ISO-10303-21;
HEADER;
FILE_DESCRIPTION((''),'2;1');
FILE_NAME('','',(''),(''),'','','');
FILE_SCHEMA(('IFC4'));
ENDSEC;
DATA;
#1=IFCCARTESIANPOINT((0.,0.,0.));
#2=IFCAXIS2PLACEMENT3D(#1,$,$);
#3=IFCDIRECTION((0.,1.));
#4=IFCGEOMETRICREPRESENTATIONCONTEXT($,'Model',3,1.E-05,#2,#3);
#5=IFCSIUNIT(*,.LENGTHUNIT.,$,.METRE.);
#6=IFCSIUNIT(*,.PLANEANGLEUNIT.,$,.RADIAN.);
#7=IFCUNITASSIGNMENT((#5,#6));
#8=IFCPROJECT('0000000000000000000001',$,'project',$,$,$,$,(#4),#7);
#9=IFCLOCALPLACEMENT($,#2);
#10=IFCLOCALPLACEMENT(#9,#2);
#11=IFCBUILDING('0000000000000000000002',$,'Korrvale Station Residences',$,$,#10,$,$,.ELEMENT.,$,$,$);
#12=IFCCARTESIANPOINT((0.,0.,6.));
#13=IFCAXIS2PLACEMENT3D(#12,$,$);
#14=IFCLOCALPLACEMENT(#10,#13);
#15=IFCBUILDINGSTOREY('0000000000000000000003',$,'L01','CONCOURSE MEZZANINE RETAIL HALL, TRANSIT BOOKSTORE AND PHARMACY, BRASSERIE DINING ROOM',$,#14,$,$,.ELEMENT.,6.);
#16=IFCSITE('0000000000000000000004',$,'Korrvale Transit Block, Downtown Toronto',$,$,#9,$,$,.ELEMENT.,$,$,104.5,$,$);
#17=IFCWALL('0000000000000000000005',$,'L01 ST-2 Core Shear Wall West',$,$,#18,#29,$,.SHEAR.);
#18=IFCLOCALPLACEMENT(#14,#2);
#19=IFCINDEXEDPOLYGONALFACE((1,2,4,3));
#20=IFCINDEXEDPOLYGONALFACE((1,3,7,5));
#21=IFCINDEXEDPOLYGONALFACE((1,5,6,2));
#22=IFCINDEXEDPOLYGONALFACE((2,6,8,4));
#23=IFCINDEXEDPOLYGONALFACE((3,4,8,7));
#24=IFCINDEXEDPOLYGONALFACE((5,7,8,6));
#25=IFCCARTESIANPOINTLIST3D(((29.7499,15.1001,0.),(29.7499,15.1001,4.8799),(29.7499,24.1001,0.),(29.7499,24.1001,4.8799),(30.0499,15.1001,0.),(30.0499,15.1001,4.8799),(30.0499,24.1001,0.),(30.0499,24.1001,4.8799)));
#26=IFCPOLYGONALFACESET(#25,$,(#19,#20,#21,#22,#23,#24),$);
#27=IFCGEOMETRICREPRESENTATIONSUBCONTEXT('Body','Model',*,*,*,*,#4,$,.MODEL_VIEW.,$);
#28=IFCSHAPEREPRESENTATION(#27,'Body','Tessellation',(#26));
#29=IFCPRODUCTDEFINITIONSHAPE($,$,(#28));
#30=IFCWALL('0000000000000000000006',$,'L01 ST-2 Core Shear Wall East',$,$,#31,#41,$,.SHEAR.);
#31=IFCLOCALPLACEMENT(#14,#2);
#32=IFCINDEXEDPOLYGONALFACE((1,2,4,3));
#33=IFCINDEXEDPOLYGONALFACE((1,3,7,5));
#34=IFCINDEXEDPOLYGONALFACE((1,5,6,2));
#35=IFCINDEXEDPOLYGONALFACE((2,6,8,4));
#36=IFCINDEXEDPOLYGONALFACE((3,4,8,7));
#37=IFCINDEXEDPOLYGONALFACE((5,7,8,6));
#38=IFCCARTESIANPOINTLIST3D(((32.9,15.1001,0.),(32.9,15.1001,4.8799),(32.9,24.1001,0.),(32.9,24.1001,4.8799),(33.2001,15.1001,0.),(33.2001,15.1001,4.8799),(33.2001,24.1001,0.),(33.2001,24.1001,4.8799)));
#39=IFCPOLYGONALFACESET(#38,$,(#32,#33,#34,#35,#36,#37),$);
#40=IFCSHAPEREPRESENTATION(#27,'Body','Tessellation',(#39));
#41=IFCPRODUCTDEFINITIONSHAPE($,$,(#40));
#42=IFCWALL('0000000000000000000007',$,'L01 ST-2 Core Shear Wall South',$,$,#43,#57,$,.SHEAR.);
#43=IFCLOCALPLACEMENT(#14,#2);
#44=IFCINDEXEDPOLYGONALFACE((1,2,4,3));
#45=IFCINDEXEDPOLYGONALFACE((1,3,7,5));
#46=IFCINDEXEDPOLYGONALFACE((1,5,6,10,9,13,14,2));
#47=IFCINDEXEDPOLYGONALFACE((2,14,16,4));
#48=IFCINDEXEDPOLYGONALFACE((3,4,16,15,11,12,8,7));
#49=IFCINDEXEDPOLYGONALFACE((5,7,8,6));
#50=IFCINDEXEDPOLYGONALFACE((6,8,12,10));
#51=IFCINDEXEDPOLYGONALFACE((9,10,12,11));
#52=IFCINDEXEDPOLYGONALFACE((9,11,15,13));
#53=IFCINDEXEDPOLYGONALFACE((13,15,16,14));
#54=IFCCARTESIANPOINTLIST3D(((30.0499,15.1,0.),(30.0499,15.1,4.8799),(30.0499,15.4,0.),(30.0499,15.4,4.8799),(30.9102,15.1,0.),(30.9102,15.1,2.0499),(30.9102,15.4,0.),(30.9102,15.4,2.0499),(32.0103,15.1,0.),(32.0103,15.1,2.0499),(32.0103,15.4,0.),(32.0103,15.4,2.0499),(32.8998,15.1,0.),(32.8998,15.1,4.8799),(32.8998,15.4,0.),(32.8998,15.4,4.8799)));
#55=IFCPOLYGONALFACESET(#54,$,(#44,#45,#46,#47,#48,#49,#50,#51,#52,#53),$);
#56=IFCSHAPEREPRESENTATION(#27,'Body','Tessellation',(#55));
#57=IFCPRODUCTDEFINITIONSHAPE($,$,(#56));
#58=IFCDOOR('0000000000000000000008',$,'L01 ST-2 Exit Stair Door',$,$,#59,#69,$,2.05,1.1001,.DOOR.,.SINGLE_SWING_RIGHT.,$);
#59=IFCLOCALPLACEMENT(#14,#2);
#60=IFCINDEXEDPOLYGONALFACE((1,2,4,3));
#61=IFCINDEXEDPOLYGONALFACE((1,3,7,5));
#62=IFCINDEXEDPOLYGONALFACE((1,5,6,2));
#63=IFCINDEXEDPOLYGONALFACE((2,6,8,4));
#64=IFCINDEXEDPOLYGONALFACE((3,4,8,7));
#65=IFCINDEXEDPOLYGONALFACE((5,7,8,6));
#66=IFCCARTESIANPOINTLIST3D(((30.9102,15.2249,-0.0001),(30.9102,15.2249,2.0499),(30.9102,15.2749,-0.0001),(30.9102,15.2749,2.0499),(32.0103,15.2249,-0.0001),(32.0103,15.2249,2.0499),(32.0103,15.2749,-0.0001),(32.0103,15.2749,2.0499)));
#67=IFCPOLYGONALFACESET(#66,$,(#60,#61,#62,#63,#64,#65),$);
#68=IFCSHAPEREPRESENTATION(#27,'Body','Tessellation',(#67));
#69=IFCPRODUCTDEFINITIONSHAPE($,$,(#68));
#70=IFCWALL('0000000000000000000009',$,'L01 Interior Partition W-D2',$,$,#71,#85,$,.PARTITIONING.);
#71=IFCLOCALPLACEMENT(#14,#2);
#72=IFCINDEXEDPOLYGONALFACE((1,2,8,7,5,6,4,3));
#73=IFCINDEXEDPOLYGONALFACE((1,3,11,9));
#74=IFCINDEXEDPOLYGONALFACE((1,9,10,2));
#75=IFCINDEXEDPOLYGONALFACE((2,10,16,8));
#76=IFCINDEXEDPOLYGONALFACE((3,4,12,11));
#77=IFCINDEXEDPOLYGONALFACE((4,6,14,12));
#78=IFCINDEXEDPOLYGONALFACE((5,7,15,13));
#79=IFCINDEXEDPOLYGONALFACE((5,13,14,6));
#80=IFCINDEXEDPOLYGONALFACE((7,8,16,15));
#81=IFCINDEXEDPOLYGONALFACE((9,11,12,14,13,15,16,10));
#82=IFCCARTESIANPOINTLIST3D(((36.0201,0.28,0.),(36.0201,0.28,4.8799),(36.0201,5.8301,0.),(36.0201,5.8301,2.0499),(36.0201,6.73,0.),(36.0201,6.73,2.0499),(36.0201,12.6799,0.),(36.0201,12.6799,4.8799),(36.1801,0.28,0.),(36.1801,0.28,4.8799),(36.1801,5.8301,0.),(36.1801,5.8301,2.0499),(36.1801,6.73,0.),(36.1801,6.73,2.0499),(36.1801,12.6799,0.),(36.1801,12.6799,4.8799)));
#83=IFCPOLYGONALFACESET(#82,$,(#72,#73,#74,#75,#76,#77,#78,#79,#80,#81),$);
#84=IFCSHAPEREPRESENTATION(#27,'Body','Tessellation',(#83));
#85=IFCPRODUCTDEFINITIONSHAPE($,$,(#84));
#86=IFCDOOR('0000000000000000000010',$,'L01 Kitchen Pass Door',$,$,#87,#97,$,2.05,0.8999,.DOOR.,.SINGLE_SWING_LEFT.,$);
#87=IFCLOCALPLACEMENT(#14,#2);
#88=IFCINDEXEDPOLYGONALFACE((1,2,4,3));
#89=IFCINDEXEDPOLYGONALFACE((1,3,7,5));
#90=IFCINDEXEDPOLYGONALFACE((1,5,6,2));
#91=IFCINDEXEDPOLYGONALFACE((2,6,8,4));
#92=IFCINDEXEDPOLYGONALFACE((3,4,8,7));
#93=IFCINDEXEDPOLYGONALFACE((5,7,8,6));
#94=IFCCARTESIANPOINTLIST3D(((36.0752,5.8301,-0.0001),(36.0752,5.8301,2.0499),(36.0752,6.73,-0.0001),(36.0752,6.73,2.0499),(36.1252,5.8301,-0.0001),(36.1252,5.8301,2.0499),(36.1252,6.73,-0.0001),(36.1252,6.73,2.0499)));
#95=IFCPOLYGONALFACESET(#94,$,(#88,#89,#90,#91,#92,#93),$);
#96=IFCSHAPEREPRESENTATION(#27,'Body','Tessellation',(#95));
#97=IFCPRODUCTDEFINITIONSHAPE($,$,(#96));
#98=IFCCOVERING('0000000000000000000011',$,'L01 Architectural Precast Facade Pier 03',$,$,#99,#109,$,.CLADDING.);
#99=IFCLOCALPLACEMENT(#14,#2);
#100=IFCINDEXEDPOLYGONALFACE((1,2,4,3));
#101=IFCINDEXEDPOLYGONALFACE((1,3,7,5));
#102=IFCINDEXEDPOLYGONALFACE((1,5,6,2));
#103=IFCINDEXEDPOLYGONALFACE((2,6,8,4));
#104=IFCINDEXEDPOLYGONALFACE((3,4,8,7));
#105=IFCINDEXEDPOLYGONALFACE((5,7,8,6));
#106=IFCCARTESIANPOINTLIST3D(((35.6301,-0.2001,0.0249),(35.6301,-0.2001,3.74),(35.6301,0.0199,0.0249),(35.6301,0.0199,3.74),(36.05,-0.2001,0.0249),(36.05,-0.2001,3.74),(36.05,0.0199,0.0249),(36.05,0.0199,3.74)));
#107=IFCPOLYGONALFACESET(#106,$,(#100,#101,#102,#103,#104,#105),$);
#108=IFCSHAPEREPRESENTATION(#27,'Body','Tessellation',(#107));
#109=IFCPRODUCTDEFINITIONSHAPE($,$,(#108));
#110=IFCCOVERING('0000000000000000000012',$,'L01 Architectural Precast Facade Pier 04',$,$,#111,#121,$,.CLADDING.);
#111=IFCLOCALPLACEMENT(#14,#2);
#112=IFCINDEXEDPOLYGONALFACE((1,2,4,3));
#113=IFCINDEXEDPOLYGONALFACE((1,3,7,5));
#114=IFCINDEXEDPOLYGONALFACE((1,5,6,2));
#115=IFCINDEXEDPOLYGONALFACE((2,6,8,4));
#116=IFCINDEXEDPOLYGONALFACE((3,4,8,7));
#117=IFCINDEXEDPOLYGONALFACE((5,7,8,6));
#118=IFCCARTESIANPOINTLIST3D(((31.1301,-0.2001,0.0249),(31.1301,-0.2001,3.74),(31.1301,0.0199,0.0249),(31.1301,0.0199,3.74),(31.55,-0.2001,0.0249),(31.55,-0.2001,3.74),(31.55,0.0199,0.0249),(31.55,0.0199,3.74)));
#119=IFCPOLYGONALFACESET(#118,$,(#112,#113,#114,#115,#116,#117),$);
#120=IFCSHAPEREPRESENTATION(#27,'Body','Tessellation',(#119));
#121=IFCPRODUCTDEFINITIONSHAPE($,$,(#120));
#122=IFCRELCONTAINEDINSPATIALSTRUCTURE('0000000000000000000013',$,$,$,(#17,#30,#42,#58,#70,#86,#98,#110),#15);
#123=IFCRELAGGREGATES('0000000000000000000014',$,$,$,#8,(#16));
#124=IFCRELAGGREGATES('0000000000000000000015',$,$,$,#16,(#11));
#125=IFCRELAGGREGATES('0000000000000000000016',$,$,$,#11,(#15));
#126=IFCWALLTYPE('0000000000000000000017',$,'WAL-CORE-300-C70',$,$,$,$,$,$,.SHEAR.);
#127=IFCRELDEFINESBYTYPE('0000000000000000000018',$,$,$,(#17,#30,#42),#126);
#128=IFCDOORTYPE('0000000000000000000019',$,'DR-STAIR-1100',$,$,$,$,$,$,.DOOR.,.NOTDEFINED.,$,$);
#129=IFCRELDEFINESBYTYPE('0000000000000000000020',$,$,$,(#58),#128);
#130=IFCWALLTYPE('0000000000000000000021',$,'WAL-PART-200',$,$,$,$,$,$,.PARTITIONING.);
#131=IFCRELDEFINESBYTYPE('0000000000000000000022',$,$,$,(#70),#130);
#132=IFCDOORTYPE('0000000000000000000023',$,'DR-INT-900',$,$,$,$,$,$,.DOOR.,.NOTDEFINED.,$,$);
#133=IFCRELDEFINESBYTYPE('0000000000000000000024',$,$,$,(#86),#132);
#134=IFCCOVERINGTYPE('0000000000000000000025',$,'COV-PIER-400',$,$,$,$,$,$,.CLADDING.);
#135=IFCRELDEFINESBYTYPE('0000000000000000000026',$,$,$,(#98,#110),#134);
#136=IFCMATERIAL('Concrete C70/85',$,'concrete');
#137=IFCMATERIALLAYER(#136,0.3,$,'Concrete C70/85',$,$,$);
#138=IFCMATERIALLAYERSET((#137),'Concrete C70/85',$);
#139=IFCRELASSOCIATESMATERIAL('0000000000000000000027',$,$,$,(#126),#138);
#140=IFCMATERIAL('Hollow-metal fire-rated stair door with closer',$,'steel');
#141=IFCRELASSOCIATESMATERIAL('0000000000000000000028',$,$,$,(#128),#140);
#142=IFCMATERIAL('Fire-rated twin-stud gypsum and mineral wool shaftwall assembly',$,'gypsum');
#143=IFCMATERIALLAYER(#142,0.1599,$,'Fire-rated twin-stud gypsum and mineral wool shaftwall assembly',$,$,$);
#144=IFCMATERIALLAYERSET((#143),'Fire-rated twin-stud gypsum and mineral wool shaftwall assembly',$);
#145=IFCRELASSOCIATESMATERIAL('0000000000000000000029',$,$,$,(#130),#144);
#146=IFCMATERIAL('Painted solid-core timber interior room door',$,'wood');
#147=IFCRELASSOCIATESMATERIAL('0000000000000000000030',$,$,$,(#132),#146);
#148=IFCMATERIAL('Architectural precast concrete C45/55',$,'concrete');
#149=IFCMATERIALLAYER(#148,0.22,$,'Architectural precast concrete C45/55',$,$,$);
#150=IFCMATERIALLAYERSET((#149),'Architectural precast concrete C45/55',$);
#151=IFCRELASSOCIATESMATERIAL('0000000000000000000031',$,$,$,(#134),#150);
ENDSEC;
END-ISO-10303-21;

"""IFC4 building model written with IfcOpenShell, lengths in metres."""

from ifc_helpers import new_model, si_unit, direction, frame, frame_2d, origin, origin_2d, place, context, subcontext, project, spatial, rectangle, extrude, material, layer, layer_set, type_object, element, fill, save


model = new_model("IFC4")

# Units and contexts
model_context = context("Model", 3, precision=1e-05, world=origin(), true_north=direction((0.0, 1.0)))
body_context = subcontext(model_context, "Body", "Model", "MODEL_VIEW")
ifc_project = project(units=[si_unit("LENGTHUNIT", "METRE"), si_unit("PLANEANGLEUNIT", "RADIAN")], contexts=[model_context])

# Site, building, storey
site_placement = place(None, origin())
site = spatial("IfcSite", under=ifc_project, at=site_placement, Name="Korrvale Transit Block, Downtown Toronto", CompositionType="ELEMENT", RefElevation=104.5)
building_placement = place(site_placement, origin())
building = spatial("IfcBuilding", under=site, at=building_placement, Name="Korrvale Station Residences", CompositionType="ELEMENT")
storey_placement = place(building_placement, frame((0.0, 0.0, 6.0)))
storey = spatial("IfcBuildingStorey", under=building, at=storey_placement, Name="L01", Description="CONCOURSE MEZZANINE RETAIL HALL, TRANSIT BOOKSTORE AND PHARMACY, BRASSERIE DINING ROOM", CompositionType="ELEMENT", Elevation=6.0)

# Shared definitions
ifc_material_1 = material(Name="Concrete C70/85", Category="concrete")

# Walls
ifc_layer_1 = layer(ifc_material_1, 0.3, Name="Concrete C70/85")
ifc_layer_set_1 = layer_set([ifc_layer_1], Name="Concrete C70/85")
wall_type_1 = type_object("IfcWallType", Name="WAL-CORE-300-C70", PredefinedType="SHEAR", material=ifc_layer_set_1)
for number, where, z_axis, x_axis, name in (
    (1, (29.8999, 15.1001, 0.0), (0.0, 0.0, 1.0), (0.0, 1.0, 0.0), "L01 ST-2 Core Shear Wall West"),
    (2, (33.05, 15.1001, 0.0), (0.0, 0.0, 1.0), (0.0, 1.0, 0.0), "L01 ST-2 Core Shear Wall East"),
):
    element("IfcWall", number, at=place(storey_placement, frame(where, z_axis=z_axis, x_axis=x_axis)), inside=storey, type_object=wall_type_1, Name=name, PredefinedType="SHEAR", context=body_context, shape_type="SweptSolid", body=[
        extrude(rectangle(XDim=9.0, YDim=0.3, at=frame_2d((4.5, 0.0))), origin(), (0.0, 0.0, 1.0), 4.8799),
    ])

# Walls, openings, doors
wall_1_placement = place(storey_placement, frame((30.05, 15.25, 0.0), z_axis=(0.0, 0.0, 1.0), x_axis=(1.0, 0.0, 0.0)))
wall_1 = element("IfcWall", 3, at=wall_1_placement, inside=storey, type_object=wall_type_1, Name="L01 ST-2 Core Shear Wall South", PredefinedType="SHEAR", context=body_context, shape_type="SweptSolid", body=[
    extrude(rectangle(XDim=2.8499, YDim=0.3, at=frame_2d((1.4248, 0.0))), origin(), (0.0, 0.0, 1.0), 4.8799),
])
opening_1_placement = place(wall_1_placement, frame((0.8601, 0.0, 0.0)))
opening_1 = element("IfcOpeningElement", 4, at=opening_1_placement, cuts=wall_1, PredefinedType="OPENING", context=body_context, shape_type="SweptSolid", body=[
    extrude(rectangle(XDim=1.1001, YDim=2.05, at=frame_2d((0.55, 1.0249))), frame((0.0, 0.1602, 0.0), z_axis=(0.0, -1.0, 0.0), x_axis=(1.0, 0.0, 0.0)), (0.0, 0.0, 1.0), 0.3201),
])
ifc_material_2 = material(Name="Hollow-metal fire-rated stair door with closer", Category="steel")
door_type_1 = type_object("IfcDoorType", Name="DR-STAIR-1100", OperationType="NOTDEFINED", PredefinedType="DOOR", material=ifc_material_2)
door_1_placement = place(opening_1_placement, origin())
door_1 = element("IfcDoor", 5, at=door_1_placement, inside=storey, type_object=door_type_1, Name="L01 ST-2 Exit Stair Door", OperationType="SINGLE_SWING_RIGHT", OverallHeight=2.05, OverallWidth=1.1001, PredefinedType="DOOR", context=body_context, shape_type="SweptSolid", body=[
    extrude(rectangle(XDim=1.1001, YDim=2.05, at=frame_2d((0.55, 1.0249))), frame((0.0, 0.0249, 0.0), z_axis=(0.0, -1.0, 0.0), x_axis=(1.0, 0.0, 0.0)), (0.0, 0.0, 1.0), 0.05),
])
fill(opening_1, door_1)
ifc_material_3 = material(Name="Fire-rated twin-stud gypsum and mineral wool shaftwall assembly", Category="gypsum")
ifc_layer_2 = layer(ifc_material_3, 0.1599, Name="Fire-rated twin-stud gypsum and mineral wool shaftwall assembly")
ifc_layer_set_2 = layer_set([ifc_layer_2], Name="Fire-rated twin-stud gypsum and mineral wool shaftwall assembly")
wall_type_2 = type_object("IfcWallType", Name="WAL-PART-200", PredefinedType="PARTITIONING", material=ifc_layer_set_2)
wall_2_placement = place(storey_placement, frame((36.1001, 0.28, 0.0), z_axis=(0.0, 0.0, 1.0), x_axis=(0.0, 1.0, 0.0)))
wall_2 = element("IfcWall", 6, at=wall_2_placement, inside=storey, type_object=wall_type_2, Name="L01 Interior Partition W-D2", PredefinedType="PARTITIONING", context=body_context, shape_type="SweptSolid", body=[
    extrude(rectangle(XDim=12.3999, YDim=0.1599, at=frame_2d((6.2, 0.0))), origin(), (0.0, 0.0, 1.0), 4.8799),
])
opening_2_placement = place(wall_2_placement, frame((5.55, 0.0, 0.0)))
opening_2 = element("IfcOpeningElement", 7, at=opening_2_placement, cuts=wall_2, PredefinedType="OPENING", context=body_context, shape_type="SweptSolid", body=[
    extrude(rectangle(XDim=0.8999, YDim=2.05, at=frame_2d((0.45, 1.0249))), frame((0.0, 0.0898, 0.0), z_axis=(0.0, -1.0, 0.0), x_axis=(1.0, 0.0, 0.0)), (0.0, 0.0, 1.0), 0.1799),
])
ifc_material_4 = material(Name="Painted solid-core timber interior room door", Category="wood")
door_type_2 = type_object("IfcDoorType", Name="DR-INT-900", OperationType="NOTDEFINED", PredefinedType="DOOR", material=ifc_material_4)
door_2_placement = place(opening_2_placement, origin())
door_2 = element("IfcDoor", 8, at=door_2_placement, inside=storey, type_object=door_type_2, Name="L01 Kitchen Pass Door", OperationType="SINGLE_SWING_LEFT", OverallHeight=2.05, OverallWidth=0.8999, PredefinedType="DOOR", context=body_context, shape_type="SweptSolid", body=[
    extrude(rectangle(XDim=0.8999, YDim=2.05, at=frame_2d((0.45, 1.0249))), frame((0.0, 0.0249, 0.0), z_axis=(0.0, -1.0, 0.0), x_axis=(1.0, 0.0, 0.0)), (0.0, 0.0, 1.0), 0.05),
])
fill(opening_2, door_2)

# Coverings
ifc_material_5 = material(Name="Architectural precast concrete C45/55", Category="concrete")
ifc_layer_3 = layer(ifc_material_5, 0.22, Name="Architectural precast concrete C45/55")
ifc_layer_set_3 = layer_set([ifc_layer_3], Name="Architectural precast concrete C45/55")
covering_type = type_object("IfcCoveringType", Name="COV-PIER-400", PredefinedType="CLADDING", material=ifc_layer_set_3)
for number, where, z_axis, x_axis, name in (
    (9, (35.8401, -0.0901, 0.0249), (0.0, 0.0, 1.0), (1.0, 0.0, 0.0), "L01 Architectural Precast Facade Pier 03"),
    (10, (31.3401, -0.0901, 0.0249), (0.0, 0.0, 1.0), (1.0, 0.0, 0.0), "L01 Architectural Precast Facade Pier 04"),
):
    element("IfcCovering", number, at=place(storey_placement, frame(where, z_axis=z_axis, x_axis=x_axis)), inside=storey, type_object=covering_type, Name=name, PredefinedType="CLADDING", context=body_context, shape_type="SweptSolid", body=[
        extrude(rectangle(XDim=0.4199, YDim=0.22, at=origin_2d()), origin(), (0.0, 0.0, 1.0), 3.7151),
    ])

save(model, "model.ifc")
